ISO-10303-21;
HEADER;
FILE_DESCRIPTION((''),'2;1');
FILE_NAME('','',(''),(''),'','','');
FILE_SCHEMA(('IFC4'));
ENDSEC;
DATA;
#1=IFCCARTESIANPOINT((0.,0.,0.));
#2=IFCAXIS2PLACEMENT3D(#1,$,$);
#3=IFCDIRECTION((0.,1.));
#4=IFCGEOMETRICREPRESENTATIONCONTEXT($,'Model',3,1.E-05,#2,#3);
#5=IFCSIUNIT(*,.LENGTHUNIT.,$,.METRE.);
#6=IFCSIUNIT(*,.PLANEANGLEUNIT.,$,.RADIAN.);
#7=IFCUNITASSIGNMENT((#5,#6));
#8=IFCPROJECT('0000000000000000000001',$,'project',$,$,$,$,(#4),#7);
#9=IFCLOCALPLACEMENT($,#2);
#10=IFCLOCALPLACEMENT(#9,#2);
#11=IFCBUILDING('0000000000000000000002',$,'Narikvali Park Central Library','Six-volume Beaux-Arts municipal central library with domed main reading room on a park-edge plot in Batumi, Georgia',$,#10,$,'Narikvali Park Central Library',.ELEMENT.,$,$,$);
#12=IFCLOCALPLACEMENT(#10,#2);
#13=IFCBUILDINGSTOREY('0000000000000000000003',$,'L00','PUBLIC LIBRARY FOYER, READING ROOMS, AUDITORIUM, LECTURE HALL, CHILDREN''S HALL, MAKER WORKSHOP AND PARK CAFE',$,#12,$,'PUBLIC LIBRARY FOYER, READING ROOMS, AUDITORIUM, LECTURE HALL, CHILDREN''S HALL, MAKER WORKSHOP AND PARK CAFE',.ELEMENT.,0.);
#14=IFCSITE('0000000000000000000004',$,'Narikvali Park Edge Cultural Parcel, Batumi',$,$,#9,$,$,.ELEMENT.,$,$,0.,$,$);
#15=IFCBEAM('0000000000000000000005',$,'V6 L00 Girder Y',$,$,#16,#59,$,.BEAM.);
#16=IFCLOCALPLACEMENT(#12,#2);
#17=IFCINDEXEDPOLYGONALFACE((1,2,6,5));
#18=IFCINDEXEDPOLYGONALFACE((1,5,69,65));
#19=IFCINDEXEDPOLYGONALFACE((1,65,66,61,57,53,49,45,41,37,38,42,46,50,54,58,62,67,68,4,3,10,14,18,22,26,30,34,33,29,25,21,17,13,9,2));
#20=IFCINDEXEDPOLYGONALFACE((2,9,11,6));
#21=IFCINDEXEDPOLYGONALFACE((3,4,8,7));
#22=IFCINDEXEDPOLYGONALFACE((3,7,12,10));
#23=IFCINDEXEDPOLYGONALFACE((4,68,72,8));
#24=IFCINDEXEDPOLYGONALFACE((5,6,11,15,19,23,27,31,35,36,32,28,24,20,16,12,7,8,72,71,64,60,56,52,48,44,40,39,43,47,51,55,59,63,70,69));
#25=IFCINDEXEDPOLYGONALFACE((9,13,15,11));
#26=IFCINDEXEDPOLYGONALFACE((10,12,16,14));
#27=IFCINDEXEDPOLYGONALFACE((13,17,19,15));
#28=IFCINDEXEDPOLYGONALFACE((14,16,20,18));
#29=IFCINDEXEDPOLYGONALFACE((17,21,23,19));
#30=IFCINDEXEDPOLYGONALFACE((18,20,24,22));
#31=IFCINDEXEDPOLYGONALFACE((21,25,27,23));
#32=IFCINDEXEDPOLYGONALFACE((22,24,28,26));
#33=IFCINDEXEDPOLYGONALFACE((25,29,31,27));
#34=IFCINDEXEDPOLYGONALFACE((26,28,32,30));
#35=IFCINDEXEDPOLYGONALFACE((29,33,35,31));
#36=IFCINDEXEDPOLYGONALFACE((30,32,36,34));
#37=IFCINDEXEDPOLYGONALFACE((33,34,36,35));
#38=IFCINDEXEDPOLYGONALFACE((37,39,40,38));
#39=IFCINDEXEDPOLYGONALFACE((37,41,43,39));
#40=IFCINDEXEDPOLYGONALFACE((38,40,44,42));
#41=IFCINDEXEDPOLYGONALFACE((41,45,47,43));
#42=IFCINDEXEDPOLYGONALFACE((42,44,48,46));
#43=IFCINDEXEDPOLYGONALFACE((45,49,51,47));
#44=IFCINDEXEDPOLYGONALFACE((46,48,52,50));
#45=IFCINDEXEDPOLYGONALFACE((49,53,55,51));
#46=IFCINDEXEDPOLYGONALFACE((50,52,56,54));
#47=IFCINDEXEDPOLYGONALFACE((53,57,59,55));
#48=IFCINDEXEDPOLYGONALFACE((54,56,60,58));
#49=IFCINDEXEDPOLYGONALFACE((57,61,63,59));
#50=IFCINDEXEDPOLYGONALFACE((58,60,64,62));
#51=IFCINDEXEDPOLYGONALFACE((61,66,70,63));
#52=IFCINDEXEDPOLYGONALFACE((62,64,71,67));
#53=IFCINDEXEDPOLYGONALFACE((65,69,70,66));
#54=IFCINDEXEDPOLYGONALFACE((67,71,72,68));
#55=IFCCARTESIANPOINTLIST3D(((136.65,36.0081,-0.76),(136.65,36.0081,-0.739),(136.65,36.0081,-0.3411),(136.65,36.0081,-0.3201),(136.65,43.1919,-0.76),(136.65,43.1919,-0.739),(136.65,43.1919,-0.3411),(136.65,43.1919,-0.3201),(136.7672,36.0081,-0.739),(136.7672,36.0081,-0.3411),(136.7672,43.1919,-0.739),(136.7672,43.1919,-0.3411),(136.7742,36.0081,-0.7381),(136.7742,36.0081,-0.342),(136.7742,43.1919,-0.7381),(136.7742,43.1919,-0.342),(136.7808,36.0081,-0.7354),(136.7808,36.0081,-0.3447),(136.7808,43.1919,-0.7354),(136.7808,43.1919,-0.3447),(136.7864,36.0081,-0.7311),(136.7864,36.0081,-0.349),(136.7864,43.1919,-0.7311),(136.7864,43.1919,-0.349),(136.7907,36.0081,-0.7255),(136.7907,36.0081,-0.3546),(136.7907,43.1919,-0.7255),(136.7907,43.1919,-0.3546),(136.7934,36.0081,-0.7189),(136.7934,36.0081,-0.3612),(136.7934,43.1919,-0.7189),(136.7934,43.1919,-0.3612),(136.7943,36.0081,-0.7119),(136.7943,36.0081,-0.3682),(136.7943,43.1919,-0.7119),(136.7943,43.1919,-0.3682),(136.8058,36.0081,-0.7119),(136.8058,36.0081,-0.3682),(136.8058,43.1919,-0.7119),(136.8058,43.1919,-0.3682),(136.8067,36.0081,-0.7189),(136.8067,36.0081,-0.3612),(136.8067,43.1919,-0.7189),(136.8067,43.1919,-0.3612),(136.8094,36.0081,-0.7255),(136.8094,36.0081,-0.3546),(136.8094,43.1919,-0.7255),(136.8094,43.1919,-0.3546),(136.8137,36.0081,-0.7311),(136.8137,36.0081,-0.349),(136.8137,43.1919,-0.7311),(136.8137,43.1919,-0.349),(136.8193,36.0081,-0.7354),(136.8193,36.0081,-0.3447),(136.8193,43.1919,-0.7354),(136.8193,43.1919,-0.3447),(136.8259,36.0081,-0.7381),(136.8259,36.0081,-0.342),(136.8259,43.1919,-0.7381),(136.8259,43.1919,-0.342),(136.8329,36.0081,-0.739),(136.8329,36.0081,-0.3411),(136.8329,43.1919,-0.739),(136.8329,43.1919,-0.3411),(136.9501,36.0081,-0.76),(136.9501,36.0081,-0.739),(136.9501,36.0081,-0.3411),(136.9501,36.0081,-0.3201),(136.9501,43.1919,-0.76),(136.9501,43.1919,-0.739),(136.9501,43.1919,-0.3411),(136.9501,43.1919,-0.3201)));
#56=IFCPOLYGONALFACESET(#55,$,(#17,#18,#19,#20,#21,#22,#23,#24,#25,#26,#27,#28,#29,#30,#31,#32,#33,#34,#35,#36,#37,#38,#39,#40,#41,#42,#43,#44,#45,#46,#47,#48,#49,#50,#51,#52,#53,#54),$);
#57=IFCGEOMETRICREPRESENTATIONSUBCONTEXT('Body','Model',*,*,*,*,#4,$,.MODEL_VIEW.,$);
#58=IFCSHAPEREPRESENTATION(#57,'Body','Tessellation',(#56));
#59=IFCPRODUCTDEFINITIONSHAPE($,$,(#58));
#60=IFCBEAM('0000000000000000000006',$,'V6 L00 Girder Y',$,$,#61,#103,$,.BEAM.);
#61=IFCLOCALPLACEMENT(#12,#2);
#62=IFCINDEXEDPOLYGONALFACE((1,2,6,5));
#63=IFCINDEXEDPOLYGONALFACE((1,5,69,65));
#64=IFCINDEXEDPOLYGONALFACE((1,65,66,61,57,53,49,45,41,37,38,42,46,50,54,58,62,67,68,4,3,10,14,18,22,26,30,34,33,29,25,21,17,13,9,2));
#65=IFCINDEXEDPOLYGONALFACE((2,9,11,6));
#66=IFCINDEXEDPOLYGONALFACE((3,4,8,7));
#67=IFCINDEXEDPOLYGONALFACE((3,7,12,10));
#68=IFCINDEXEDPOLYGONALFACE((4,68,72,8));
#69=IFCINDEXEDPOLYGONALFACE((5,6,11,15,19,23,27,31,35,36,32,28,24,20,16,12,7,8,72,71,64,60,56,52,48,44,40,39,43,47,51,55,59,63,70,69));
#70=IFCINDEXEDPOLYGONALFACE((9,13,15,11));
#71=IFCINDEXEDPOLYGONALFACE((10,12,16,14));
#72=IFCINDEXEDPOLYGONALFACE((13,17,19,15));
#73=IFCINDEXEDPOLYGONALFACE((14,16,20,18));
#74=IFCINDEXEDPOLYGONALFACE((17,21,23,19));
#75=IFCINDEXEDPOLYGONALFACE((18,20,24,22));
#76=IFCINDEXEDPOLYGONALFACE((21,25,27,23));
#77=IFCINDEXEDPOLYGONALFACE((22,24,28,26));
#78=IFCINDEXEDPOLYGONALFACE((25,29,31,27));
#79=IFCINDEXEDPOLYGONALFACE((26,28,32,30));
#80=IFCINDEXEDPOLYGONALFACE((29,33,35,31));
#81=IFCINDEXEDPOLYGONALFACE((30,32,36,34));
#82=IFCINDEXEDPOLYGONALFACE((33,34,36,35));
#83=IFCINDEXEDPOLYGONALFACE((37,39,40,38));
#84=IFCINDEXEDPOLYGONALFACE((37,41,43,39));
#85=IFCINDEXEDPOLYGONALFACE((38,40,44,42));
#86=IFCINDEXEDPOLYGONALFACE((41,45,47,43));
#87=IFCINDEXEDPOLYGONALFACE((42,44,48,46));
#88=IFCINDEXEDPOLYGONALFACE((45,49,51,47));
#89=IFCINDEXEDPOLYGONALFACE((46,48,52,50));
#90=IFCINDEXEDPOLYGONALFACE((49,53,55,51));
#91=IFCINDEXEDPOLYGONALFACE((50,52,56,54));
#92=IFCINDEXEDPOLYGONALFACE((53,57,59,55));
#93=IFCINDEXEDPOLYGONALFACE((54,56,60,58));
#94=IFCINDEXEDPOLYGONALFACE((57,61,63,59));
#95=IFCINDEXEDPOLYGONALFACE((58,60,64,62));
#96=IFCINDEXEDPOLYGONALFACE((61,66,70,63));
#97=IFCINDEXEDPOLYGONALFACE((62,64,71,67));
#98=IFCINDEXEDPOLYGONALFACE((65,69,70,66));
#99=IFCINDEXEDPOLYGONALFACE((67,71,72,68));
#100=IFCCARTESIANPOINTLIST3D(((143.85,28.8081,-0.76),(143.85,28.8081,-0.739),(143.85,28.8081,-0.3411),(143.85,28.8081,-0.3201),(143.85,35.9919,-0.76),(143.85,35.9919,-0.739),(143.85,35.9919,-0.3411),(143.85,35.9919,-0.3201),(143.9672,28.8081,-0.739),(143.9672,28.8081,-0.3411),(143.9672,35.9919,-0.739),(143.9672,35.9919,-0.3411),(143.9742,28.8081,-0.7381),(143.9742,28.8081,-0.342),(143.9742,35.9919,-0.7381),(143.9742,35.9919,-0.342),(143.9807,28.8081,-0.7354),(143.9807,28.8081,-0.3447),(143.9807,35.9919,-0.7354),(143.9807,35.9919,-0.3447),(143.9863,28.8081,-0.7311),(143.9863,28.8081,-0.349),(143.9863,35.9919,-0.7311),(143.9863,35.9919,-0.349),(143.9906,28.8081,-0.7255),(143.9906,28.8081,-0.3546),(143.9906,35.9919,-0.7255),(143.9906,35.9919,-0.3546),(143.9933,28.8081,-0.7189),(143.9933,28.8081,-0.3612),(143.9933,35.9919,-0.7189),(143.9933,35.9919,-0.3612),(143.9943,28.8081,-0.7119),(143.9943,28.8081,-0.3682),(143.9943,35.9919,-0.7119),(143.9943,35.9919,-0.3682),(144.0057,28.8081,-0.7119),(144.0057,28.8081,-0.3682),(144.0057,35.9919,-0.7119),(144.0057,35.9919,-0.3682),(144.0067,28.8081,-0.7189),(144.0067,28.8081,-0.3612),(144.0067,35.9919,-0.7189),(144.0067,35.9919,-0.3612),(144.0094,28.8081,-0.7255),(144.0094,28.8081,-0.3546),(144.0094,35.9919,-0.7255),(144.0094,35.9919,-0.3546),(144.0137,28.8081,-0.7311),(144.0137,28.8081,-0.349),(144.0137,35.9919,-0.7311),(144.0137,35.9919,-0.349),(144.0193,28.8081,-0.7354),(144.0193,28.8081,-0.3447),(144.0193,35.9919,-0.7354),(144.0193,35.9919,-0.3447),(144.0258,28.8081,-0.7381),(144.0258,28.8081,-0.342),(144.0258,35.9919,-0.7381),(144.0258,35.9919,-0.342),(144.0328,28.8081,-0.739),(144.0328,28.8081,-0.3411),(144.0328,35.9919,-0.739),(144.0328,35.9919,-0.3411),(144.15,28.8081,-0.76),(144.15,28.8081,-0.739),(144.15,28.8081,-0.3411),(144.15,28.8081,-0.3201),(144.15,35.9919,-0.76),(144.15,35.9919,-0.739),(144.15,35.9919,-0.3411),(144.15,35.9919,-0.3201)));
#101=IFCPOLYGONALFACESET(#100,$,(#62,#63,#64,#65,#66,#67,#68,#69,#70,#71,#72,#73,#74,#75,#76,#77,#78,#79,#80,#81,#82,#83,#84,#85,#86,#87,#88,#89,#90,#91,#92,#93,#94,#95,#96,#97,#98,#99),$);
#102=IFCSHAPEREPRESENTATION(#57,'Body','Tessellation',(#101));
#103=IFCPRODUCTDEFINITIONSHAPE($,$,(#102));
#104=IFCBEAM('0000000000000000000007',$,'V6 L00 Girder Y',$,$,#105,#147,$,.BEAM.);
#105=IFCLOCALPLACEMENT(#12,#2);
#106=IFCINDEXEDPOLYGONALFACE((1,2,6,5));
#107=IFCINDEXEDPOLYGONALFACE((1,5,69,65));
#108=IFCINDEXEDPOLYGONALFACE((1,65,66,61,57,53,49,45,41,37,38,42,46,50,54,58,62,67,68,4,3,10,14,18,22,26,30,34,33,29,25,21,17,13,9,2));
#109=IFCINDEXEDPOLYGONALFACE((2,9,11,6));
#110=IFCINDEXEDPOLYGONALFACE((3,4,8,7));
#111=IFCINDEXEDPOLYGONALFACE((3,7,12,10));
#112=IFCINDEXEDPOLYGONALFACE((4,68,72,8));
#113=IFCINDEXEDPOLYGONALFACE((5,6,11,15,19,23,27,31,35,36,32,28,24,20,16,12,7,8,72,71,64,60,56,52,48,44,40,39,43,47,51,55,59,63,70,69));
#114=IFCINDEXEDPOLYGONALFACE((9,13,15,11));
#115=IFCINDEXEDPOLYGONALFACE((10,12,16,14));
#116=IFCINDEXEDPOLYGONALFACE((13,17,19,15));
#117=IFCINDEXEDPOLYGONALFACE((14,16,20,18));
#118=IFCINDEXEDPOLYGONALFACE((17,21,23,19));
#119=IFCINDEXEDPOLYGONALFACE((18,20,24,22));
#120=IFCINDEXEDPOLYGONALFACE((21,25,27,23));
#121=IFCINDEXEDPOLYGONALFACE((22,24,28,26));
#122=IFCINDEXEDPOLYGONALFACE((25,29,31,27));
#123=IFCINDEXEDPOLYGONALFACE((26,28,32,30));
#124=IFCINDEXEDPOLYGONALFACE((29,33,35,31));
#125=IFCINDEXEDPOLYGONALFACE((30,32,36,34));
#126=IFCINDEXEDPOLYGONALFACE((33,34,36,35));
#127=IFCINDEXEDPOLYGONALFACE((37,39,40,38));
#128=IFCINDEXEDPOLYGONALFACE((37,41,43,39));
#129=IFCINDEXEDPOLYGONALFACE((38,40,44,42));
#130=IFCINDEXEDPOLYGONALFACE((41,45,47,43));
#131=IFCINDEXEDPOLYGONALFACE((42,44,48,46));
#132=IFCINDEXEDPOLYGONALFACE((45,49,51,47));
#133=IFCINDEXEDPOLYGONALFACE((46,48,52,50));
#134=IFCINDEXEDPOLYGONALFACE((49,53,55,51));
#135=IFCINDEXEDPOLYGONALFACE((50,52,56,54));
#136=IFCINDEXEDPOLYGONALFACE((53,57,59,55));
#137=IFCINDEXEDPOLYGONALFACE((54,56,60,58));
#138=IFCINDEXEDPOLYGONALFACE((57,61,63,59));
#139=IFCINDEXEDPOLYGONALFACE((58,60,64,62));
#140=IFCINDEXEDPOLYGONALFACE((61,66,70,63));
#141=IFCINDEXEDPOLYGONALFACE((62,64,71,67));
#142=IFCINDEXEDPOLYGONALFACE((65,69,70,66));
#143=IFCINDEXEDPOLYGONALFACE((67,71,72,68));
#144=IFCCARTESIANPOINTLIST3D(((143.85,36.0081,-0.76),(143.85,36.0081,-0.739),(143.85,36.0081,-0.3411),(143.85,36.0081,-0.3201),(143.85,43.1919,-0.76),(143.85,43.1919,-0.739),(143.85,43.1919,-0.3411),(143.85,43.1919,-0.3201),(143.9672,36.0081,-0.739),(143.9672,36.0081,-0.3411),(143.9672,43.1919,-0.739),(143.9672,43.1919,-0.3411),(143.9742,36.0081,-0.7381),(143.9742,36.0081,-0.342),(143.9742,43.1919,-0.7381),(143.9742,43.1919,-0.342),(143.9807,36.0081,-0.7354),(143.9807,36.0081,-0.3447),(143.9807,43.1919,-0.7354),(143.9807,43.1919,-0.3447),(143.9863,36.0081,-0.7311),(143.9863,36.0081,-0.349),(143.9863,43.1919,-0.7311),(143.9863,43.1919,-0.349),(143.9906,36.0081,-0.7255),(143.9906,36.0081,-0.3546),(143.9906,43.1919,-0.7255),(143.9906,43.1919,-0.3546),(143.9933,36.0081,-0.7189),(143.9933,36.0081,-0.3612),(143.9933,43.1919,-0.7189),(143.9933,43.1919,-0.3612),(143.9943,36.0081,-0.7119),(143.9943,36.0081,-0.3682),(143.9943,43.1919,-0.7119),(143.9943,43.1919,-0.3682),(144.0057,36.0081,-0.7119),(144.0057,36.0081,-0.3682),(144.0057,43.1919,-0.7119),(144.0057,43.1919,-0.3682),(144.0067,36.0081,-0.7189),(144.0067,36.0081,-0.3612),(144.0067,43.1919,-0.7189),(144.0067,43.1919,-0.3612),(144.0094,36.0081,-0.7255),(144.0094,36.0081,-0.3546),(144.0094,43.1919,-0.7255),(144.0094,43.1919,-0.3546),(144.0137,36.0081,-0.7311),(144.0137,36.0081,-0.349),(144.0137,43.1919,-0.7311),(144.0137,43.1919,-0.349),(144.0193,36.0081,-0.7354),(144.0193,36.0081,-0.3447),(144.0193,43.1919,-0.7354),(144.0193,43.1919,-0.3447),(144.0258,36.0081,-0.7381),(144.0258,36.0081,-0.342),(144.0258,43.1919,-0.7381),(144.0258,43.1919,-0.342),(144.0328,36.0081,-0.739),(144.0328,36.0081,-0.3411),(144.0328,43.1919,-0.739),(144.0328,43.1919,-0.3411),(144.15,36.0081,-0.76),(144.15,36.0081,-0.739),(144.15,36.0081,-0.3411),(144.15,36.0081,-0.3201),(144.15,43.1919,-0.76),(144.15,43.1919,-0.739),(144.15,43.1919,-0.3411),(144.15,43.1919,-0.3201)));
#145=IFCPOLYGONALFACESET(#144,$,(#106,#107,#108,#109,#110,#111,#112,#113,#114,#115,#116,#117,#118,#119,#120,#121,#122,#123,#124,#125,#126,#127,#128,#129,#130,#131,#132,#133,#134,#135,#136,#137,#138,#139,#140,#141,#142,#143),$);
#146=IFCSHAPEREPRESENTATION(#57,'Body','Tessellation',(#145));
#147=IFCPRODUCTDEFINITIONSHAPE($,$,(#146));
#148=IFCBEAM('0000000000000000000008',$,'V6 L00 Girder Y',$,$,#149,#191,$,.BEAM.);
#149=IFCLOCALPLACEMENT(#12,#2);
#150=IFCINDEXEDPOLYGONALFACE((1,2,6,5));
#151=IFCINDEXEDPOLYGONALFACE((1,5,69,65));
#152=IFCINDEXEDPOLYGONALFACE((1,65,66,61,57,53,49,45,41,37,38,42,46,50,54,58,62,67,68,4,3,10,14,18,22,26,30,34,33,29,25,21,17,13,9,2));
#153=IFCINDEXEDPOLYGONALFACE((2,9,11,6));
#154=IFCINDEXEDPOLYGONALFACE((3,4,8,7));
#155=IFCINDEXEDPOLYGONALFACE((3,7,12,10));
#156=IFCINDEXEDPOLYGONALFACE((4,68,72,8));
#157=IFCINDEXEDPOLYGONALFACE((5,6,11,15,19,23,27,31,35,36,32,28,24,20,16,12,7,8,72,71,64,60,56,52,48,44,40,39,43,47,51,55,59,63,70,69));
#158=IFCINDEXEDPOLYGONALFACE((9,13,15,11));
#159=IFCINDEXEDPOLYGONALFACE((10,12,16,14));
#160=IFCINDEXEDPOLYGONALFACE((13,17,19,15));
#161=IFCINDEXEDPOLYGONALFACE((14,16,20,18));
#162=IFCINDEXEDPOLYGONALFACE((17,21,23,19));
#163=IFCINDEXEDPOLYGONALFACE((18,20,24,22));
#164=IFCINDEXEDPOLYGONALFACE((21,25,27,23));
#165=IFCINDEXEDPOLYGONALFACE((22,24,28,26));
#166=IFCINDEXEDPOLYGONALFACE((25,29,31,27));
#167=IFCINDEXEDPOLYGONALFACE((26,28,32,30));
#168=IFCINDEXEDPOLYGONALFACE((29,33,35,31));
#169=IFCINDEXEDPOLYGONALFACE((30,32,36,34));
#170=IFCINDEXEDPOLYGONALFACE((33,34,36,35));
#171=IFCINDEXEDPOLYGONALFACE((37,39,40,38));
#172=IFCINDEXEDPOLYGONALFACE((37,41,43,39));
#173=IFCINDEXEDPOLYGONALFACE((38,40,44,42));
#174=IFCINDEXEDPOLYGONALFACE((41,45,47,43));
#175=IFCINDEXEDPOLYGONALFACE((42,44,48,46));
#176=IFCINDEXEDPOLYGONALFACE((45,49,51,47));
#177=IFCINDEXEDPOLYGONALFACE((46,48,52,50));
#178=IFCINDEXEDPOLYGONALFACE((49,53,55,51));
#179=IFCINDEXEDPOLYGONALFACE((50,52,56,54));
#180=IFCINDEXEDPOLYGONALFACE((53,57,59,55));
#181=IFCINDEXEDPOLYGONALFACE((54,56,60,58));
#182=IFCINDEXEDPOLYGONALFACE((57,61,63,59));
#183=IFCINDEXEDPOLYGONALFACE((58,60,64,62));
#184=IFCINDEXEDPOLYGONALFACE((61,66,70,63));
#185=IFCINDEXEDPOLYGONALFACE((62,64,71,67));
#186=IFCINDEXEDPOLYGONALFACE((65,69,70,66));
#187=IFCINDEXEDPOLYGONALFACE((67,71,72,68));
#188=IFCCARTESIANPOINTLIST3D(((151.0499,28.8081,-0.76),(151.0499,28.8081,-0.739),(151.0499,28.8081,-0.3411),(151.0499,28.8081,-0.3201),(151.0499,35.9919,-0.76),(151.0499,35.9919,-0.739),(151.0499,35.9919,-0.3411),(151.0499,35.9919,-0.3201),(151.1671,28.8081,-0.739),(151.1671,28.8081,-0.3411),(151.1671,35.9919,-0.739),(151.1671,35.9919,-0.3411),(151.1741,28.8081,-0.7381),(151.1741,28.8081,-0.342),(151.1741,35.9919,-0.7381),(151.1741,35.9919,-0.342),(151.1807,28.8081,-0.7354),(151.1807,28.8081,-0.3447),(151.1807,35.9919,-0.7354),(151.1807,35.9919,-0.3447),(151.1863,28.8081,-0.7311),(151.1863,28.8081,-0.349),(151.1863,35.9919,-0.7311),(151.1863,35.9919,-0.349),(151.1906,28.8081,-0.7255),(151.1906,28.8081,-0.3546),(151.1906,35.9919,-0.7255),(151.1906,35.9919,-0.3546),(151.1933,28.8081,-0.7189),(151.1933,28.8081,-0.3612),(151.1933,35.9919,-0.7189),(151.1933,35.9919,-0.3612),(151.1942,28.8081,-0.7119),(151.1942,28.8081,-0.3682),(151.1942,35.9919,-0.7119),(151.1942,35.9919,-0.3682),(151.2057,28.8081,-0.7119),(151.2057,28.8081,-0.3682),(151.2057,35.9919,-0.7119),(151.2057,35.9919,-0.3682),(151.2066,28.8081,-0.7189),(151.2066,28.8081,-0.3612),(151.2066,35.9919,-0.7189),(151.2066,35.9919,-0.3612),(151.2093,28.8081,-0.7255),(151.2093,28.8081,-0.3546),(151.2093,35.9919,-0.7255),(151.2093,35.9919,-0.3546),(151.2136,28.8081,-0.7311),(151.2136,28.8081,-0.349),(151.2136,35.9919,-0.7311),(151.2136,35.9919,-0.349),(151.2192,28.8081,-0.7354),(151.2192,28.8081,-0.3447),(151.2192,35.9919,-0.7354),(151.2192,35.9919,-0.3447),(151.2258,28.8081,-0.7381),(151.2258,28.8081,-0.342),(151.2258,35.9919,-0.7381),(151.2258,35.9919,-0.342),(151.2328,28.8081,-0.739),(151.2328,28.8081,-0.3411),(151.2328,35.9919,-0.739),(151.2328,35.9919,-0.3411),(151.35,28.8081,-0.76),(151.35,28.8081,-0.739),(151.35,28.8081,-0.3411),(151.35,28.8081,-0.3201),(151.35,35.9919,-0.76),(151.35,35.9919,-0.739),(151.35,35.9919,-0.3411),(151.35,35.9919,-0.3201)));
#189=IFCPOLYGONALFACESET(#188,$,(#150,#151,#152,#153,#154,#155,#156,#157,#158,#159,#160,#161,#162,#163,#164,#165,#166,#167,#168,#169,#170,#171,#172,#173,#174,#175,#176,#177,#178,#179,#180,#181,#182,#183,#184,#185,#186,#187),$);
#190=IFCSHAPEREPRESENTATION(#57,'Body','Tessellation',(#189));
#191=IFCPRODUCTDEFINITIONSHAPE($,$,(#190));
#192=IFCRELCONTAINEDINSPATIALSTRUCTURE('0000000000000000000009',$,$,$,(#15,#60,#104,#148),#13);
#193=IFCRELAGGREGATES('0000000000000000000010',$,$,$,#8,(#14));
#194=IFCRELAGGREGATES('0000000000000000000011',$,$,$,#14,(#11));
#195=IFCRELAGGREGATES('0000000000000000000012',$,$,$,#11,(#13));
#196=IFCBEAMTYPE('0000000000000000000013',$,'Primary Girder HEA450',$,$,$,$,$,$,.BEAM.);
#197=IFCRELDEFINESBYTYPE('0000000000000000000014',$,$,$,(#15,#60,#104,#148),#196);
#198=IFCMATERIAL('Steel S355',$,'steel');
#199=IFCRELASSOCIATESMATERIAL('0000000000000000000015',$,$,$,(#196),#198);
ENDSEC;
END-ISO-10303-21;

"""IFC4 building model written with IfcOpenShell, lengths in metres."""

from ifc_helpers import new_model, si_unit, direction, frame, origin, origin_2d, place, context, subcontext, project, spatial, i_section, extrude, material, material_profile, profile_set, type_object, element, save


model = new_model("IFC4")

# Units and contexts
model_context = context("Model", 3, precision=1e-05, world=origin(), true_north=direction((0.0, 1.0)))
body_context = subcontext(model_context, "Body", "Model", "MODEL_VIEW")
ifc_project = project(units=[si_unit("LENGTHUNIT", "METRE"), si_unit("PLANEANGLEUNIT", "RADIAN")], contexts=[model_context])

# Site, building, storey
site_placement = place(None, origin())
site = spatial("IfcSite", under=ifc_project, at=site_placement, Name="Narikvali Park Edge Cultural Parcel, Batumi", CompositionType="ELEMENT", RefElevation=0.0)
building_placement = place(site_placement, origin())
building = spatial("IfcBuilding", under=site, at=building_placement, Name="Narikvali Park Central Library", Description="Six-volume Beaux-Arts municipal central library with domed main reading room on a park-edge plot in Batumi, Georgia", LongName="Narikvali Park Central Library", CompositionType="ELEMENT")
storey_placement = place(building_placement, origin())
storey = spatial("IfcBuildingStorey", under=building, at=storey_placement, Name="L00", Description="PUBLIC LIBRARY FOYER, READING ROOMS, AUDITORIUM, LECTURE HALL, CHILDREN'S HALL, MAKER WORKSHOP AND PARK CAFE", LongName="PUBLIC LIBRARY FOYER, READING ROOMS, AUDITORIUM, LECTURE HALL, CHILDREN'S HALL, MAKER WORKSHOP AND PARK CAFE", CompositionType="ELEMENT", Elevation=0.0)

# Shared definitions
ifc_material_1 = material(Name="Steel S355", Category="steel")

# Beams
ifc_material_profile_1 = material_profile(ifc_material_1, i_section(OverallWidth=0.3, OverallDepth=0.4399, WebThickness=0.0115, FlangeThickness=0.021, FilletRadius=0.0271, at=origin_2d()), Name="HEA 450")
ifc_profile_set_1 = profile_set([ifc_material_profile_1], Name="Steel S355")
beam_type_1 = type_object("IfcBeamType", Name="Primary Girder HEA450", PredefinedType="BEAM", material=ifc_profile_set_1)
for number, where, z_axis, x_axis, name in (
    (1, (136.8, 36.0081, -0.54), (0.0, 1.0, 0.0), (-1.0, 0.0, 0.0), "V6 L00 Girder Y"),
    (2, (144.0, 28.8081, -0.54), (0.0, 1.0, 0.0), (-1.0, 0.0, 0.0), "V6 L00 Girder Y"),
    (3, (144.0, 36.0081, -0.54), (0.0, 1.0, 0.0), (-1.0, 0.0, 0.0), "V6 L00 Girder Y"),
    (4, (151.2, 28.8081, -0.54), (0.0, 1.0, 0.0), (-1.0, 0.0, 0.0), "V6 L00 Girder Y"),
):
    element("IfcBeam", number, at=place(storey_placement, frame(where, z_axis=z_axis, x_axis=x_axis)), inside=storey, type_object=beam_type_1, Name=name, PredefinedType="BEAM", context=body_context, shape_type="SweptSolid", body=[
        extrude(i_section(OverallWidth=0.3, OverallDepth=0.4399, WebThickness=0.0115, FlangeThickness=0.021, FilletRadius=0.0271, at=origin_2d()), origin(), (0.0, 0.0, 1.0), 7.1838),
    ])

save(model, "model.ifc")
